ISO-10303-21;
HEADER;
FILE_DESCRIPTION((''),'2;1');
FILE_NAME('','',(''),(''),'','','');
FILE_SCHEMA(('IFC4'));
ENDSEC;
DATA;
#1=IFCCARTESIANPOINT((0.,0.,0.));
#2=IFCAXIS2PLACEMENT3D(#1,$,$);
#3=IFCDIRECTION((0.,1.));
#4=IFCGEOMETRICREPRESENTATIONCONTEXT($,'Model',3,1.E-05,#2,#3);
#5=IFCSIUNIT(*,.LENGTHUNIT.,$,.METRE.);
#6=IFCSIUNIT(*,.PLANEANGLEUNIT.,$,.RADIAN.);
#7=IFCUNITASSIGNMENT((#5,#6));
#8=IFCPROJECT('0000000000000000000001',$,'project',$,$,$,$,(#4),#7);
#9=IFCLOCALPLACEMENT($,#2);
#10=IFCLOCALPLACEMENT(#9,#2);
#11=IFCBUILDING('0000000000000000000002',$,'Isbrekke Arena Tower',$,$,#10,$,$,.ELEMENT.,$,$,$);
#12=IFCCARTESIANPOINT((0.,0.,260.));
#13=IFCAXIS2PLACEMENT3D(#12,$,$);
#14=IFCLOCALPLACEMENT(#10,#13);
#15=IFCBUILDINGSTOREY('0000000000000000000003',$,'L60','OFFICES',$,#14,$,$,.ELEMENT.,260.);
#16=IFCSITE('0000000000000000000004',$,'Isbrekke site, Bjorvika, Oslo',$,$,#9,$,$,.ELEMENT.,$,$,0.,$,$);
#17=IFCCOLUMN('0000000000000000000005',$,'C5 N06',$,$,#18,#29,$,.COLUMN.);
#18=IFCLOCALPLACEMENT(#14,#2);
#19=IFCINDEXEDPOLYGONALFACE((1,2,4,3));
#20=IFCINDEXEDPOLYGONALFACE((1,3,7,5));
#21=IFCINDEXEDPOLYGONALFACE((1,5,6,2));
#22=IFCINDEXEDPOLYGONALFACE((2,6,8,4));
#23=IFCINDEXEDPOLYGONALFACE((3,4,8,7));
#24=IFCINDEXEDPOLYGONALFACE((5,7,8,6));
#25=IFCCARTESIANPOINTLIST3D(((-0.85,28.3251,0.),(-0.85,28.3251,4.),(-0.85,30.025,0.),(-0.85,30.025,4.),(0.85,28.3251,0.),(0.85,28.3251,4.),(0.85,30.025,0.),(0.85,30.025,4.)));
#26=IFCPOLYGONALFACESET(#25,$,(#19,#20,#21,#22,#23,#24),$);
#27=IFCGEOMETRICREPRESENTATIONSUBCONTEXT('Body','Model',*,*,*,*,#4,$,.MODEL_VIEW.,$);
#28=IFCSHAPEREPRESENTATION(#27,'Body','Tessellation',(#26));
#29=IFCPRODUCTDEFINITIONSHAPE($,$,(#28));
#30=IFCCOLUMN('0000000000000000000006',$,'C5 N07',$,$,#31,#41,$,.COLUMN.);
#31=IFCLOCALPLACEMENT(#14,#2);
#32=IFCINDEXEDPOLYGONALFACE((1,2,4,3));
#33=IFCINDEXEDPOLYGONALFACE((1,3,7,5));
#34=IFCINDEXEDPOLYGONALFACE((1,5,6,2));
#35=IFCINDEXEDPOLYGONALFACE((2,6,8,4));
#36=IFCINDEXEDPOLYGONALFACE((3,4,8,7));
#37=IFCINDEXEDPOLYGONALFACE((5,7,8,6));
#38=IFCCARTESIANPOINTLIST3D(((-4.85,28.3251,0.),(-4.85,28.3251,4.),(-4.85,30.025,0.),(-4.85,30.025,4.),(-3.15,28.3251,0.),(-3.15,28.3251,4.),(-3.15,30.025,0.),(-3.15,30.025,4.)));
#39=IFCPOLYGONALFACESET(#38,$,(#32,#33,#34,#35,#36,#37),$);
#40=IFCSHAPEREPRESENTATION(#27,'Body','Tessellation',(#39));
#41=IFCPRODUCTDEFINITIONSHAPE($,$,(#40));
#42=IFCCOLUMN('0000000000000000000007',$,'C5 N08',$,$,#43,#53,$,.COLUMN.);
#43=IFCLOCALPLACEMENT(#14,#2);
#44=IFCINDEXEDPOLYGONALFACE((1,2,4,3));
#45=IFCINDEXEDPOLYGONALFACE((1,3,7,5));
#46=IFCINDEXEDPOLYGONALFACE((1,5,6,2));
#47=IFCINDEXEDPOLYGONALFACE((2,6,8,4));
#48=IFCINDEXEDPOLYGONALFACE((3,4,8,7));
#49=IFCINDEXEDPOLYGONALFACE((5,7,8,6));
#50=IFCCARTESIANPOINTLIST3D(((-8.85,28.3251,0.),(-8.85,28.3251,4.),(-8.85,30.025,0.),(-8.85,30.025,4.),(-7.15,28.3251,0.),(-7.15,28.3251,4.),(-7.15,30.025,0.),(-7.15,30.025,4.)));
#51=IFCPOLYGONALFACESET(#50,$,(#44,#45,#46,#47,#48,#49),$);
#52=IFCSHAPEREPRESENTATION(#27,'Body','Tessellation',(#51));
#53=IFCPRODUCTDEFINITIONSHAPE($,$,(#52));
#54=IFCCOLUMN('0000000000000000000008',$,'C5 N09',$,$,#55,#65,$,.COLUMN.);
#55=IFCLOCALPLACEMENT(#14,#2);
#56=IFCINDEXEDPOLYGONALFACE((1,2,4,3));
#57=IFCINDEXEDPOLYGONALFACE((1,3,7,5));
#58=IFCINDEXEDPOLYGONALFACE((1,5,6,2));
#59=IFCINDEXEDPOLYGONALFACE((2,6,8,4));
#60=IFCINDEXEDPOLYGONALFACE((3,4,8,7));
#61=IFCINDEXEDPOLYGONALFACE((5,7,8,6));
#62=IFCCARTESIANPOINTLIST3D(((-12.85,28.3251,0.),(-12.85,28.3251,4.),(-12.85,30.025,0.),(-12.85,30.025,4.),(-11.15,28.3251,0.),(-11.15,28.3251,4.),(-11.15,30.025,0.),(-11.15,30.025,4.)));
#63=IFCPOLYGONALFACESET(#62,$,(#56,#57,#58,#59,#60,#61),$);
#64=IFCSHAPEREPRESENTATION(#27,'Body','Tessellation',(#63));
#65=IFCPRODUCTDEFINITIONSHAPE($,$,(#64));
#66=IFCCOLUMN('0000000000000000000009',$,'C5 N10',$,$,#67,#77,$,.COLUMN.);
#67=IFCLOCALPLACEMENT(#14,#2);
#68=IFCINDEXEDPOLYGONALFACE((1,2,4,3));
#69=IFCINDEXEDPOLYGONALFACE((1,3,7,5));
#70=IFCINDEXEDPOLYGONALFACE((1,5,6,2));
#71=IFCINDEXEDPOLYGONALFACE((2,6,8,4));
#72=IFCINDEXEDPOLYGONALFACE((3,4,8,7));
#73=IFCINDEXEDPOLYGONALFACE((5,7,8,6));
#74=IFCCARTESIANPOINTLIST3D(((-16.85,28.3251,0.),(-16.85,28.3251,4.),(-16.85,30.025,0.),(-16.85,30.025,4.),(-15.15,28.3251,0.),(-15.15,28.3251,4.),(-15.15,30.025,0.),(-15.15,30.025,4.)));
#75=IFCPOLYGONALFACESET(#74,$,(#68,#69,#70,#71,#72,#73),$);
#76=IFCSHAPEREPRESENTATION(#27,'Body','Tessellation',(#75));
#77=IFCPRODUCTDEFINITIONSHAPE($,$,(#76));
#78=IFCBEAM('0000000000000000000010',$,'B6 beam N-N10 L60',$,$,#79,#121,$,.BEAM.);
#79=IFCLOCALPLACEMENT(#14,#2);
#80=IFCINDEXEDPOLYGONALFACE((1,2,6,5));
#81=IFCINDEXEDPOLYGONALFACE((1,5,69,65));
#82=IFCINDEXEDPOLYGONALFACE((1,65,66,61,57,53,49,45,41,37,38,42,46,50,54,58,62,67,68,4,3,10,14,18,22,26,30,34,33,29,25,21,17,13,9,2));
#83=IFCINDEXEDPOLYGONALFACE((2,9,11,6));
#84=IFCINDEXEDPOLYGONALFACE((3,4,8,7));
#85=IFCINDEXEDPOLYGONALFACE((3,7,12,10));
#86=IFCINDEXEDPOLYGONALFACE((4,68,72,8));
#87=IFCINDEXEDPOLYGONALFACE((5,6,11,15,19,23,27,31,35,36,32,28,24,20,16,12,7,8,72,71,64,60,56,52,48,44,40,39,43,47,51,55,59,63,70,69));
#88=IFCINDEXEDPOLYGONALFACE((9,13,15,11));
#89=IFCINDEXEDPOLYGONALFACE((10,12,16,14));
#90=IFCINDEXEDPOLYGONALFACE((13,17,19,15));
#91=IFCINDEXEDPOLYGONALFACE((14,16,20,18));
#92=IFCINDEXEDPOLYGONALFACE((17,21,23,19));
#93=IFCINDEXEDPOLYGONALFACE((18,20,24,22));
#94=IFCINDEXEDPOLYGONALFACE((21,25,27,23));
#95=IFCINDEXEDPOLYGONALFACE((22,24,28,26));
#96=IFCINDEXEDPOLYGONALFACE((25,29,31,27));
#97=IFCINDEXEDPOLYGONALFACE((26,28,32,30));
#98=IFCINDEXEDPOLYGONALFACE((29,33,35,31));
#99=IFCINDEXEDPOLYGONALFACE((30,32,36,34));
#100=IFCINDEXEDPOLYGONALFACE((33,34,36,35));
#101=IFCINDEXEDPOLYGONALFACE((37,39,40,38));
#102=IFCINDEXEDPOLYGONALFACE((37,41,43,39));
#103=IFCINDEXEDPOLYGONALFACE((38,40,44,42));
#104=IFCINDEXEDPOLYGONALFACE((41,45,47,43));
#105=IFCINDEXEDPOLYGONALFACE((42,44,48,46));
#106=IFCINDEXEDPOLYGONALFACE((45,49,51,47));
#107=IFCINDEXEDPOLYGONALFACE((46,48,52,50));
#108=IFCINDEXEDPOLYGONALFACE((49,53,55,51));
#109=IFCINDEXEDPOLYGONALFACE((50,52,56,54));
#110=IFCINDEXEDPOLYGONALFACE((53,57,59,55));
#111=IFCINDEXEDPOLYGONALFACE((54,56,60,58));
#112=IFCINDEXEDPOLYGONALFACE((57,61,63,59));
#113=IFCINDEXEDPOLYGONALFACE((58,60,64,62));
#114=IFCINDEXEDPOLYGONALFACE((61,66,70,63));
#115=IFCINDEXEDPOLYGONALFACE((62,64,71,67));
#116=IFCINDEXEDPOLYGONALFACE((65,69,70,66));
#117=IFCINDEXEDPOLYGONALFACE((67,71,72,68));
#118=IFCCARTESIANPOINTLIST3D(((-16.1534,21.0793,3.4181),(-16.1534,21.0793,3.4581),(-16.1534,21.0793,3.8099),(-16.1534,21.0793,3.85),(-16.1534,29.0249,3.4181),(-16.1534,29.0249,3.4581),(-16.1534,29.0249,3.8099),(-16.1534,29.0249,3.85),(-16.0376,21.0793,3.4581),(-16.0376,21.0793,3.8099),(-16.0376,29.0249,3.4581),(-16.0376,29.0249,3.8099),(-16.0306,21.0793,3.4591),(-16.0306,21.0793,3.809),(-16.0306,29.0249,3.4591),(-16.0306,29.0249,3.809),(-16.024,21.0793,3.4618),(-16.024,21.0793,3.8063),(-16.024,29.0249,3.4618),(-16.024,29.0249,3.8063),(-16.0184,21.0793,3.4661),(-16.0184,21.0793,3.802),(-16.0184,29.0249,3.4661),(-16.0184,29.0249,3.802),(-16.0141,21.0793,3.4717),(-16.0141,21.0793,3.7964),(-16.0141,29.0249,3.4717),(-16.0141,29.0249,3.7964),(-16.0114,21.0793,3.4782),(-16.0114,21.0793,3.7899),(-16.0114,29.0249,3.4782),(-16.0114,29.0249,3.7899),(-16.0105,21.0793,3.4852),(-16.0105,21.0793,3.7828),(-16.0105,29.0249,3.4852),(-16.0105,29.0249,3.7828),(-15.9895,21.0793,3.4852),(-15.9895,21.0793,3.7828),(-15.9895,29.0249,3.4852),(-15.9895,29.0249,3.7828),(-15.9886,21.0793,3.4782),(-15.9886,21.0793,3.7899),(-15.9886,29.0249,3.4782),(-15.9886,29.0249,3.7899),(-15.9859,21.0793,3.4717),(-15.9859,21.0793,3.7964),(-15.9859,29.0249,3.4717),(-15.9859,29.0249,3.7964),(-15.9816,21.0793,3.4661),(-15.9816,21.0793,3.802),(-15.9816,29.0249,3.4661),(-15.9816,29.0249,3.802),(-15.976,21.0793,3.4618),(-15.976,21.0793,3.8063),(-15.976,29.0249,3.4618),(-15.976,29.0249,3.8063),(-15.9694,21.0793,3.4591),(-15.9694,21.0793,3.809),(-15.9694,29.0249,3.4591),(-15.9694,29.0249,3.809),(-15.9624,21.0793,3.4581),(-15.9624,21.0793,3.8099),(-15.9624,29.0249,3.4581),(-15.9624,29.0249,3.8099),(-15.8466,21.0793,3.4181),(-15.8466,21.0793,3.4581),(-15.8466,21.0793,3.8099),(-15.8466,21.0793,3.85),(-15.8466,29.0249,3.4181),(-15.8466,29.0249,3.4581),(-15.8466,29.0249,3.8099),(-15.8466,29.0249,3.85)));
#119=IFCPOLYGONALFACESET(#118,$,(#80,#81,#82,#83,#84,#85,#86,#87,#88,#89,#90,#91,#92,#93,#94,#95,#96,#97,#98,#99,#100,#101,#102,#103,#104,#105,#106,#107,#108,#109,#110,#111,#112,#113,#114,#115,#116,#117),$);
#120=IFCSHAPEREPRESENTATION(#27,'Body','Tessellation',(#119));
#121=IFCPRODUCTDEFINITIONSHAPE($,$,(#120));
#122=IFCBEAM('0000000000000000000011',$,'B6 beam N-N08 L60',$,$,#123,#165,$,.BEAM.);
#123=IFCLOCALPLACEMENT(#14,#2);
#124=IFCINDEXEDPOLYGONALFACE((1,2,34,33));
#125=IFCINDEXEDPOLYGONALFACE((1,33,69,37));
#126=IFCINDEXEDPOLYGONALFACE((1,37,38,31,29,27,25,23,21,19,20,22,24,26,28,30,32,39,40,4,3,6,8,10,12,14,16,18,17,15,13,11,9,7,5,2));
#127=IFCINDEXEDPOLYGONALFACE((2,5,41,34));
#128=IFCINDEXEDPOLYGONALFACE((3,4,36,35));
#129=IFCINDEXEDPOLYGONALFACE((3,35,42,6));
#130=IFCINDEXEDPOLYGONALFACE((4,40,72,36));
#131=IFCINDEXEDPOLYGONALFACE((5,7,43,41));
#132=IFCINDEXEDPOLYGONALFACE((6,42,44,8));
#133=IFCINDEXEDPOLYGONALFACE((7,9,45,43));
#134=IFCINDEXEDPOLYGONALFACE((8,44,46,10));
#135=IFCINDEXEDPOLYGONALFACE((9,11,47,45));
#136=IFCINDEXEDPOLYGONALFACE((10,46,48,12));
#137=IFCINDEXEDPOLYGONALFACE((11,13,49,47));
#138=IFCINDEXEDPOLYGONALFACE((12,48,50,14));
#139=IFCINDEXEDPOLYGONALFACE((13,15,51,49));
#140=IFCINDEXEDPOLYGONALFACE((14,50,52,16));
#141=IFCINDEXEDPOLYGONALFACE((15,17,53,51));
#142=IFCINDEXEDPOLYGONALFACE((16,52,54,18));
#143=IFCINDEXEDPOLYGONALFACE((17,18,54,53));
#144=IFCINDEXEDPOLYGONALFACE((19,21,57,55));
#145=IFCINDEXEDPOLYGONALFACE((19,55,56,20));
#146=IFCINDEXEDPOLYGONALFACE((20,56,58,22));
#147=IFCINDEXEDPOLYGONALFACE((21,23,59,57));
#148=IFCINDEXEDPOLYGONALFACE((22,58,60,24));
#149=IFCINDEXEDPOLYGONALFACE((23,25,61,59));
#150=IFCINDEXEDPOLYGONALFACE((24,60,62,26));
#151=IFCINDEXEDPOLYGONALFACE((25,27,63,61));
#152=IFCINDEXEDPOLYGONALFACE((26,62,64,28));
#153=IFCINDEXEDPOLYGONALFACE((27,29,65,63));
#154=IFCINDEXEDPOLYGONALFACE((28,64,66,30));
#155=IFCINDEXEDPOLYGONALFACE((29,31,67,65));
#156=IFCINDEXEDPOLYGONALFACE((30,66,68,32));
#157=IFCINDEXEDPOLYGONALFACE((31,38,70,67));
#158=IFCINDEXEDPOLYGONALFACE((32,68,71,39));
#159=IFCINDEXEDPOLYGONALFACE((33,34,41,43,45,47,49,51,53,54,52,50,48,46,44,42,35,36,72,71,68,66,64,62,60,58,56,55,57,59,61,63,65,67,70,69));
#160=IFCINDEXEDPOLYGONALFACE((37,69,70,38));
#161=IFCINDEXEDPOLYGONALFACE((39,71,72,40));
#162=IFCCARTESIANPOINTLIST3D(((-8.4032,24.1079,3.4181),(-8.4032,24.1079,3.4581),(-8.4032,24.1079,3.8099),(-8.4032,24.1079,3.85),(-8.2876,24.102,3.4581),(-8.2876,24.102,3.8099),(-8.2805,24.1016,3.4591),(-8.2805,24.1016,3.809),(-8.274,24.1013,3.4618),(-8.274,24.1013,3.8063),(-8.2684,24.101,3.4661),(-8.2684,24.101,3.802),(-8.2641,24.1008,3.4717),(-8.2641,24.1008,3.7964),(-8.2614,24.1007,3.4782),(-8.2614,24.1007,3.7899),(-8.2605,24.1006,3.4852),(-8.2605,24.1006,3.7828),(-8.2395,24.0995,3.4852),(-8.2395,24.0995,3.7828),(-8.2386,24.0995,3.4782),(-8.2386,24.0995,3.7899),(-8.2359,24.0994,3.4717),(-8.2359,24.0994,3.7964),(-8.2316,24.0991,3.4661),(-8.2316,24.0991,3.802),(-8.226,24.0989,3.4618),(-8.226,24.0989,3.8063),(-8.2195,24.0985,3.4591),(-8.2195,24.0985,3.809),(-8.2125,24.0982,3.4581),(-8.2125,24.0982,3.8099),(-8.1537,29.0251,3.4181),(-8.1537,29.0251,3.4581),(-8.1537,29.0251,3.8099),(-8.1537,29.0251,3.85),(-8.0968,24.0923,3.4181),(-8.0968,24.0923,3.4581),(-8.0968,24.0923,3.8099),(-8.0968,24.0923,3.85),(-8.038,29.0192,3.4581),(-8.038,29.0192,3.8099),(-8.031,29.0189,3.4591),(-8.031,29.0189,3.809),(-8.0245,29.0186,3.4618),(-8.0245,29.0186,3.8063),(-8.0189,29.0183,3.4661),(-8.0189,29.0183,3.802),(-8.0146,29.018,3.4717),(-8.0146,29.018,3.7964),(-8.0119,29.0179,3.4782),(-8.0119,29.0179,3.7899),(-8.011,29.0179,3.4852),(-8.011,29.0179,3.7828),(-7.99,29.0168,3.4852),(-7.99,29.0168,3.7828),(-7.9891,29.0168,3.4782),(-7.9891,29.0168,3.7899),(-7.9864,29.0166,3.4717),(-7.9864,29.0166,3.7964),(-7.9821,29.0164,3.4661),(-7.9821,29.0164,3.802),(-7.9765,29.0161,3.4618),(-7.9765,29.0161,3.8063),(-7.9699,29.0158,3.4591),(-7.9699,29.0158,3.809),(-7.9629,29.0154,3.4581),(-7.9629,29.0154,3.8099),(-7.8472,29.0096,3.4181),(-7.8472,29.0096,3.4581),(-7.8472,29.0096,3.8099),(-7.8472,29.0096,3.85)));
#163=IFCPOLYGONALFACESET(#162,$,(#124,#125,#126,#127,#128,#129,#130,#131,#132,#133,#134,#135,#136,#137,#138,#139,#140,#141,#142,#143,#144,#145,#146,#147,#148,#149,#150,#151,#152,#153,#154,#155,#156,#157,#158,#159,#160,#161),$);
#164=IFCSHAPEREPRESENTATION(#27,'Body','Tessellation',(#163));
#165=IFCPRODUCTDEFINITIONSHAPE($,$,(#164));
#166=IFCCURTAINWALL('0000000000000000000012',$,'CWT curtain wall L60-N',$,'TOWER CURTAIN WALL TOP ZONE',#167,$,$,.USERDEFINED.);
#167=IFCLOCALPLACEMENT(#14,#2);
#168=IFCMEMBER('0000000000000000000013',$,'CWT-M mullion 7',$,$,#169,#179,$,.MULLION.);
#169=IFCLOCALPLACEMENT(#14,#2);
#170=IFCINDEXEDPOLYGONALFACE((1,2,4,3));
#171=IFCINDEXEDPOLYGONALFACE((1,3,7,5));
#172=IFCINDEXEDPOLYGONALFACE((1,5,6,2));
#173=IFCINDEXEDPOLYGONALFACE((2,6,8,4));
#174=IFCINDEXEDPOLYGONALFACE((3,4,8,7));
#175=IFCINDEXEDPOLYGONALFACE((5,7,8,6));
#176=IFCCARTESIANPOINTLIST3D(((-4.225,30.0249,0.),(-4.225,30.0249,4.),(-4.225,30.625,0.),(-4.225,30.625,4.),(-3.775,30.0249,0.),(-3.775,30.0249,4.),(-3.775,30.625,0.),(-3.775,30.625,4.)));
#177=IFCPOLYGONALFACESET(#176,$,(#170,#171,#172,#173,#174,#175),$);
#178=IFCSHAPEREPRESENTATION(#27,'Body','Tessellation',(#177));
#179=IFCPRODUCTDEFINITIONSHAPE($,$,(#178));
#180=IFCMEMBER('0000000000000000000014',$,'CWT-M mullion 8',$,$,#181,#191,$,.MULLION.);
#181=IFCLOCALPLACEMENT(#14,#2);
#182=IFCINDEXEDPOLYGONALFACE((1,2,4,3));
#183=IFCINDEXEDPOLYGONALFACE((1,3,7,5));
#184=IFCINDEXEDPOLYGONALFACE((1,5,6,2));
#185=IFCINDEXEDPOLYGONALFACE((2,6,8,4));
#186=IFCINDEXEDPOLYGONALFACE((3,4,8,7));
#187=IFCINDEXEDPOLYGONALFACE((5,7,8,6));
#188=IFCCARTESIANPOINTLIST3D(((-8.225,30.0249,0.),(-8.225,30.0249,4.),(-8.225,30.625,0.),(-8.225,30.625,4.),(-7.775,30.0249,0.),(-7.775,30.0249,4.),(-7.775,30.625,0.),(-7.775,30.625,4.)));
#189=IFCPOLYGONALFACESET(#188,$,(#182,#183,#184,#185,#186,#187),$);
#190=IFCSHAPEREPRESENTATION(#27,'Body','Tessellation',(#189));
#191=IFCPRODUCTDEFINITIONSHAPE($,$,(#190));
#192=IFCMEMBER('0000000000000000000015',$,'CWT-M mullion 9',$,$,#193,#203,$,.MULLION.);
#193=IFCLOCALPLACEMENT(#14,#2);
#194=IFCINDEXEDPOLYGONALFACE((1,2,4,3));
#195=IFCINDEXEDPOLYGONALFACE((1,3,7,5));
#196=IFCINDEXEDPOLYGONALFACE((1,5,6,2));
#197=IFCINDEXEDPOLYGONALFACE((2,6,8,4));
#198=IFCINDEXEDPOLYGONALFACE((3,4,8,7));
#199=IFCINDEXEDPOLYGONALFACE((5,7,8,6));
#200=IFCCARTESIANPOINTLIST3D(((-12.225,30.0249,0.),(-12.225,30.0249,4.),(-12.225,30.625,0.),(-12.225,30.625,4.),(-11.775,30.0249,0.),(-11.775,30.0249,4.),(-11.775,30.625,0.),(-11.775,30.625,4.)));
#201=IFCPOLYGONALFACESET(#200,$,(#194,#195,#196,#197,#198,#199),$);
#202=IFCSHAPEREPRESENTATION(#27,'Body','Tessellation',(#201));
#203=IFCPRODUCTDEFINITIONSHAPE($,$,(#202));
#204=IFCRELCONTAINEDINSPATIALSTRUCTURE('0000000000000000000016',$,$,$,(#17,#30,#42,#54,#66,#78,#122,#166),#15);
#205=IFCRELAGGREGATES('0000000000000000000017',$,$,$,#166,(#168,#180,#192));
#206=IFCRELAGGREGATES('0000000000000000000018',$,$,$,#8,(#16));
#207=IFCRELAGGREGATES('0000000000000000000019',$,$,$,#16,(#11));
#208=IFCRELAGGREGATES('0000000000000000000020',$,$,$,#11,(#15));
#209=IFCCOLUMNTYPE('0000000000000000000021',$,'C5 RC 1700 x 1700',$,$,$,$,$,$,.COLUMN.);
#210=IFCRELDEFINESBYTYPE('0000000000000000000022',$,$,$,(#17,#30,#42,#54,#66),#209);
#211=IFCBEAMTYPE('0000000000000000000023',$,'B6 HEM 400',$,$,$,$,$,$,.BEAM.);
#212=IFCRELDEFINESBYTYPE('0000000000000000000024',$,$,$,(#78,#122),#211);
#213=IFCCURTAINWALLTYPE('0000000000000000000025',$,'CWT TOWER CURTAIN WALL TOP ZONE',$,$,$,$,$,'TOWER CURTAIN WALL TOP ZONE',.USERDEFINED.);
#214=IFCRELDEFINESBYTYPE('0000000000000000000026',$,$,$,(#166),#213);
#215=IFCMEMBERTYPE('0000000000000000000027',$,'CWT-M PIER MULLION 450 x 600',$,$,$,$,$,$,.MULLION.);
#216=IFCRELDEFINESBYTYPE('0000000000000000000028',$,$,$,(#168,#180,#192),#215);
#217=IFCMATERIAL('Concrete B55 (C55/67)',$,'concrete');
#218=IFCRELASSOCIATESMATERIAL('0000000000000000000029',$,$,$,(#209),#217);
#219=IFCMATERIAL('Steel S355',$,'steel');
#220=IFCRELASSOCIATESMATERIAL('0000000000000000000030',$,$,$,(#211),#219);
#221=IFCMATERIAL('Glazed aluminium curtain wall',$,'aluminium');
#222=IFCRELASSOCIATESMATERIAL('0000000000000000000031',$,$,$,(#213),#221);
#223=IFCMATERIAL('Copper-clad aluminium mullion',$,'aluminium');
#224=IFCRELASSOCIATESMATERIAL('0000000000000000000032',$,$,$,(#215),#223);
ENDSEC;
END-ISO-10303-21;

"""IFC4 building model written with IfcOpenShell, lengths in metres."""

from ifc_helpers import new_model, si_unit, direction, frame, origin, origin_2d, place, context, subcontext, project, spatial, rectangle, i_section, extrude, material, material_profile, profile_set, type_object, element, aggregate, save


model = new_model("IFC4")

# Units and contexts
model_context = context("Model", 3, precision=1e-05, world=origin(), true_north=direction((0.0, 1.0)))
body_context = subcontext(model_context, "Body", "Model", "MODEL_VIEW")
ifc_project = project(units=[si_unit("LENGTHUNIT", "METRE"), si_unit("PLANEANGLEUNIT", "RADIAN")], contexts=[model_context])

# Site, building, storey
site_placement = place(None, origin())
site = spatial("IfcSite", under=ifc_project, at=site_placement, Name="Isbrekke site, Bjorvika, Oslo", CompositionType="ELEMENT", RefElevation=0.0)
building_placement = place(site_placement, origin())
building = spatial("IfcBuilding", under=site, at=building_placement, Name="Isbrekke Arena Tower", CompositionType="ELEMENT")
storey_placement = place(building_placement, frame((0.0, 0.0, 260.0)))
storey = spatial("IfcBuildingStorey", under=building, at=storey_placement, Name="L60", Description="OFFICES", CompositionType="ELEMENT", Elevation=260.0)

# Columns
ifc_material_1 = material(Name="Concrete B55 (C55/67)", Category="concrete")
ifc_material_profile_1 = material_profile(ifc_material_1, rectangle(XDim=1.7, YDim=1.7, at=origin_2d()), Name="RC 1700x1700")
ifc_profile_set_1 = profile_set([ifc_material_profile_1], Name="Concrete B55 (C55/67)")
column_type = type_object("IfcColumnType", Name="C5 RC 1700 x 1700", PredefinedType="COLUMN", material=ifc_profile_set_1)
for number, where, z_axis, x_axis, name in (
    (1, (0.0, 29.175, 0.0), (0.0, 0.0, 1.0), (-1.0, 0.0, 0.0), "C5 N06"),
    (2, (-4.0, 29.175, 0.0), (0.0, 0.0, 1.0), (-1.0, 0.0, 0.0), "C5 N07"),
    (3, (-8.0, 29.175, 0.0), (0.0, 0.0, 1.0), (-1.0, 0.0, 0.0), "C5 N08"),
    (4, (-12.0, 29.175, 0.0), (0.0, 0.0, 1.0), (-1.0, 0.0, 0.0), "C5 N09"),
    (5, (-16.0, 29.175, 0.0), (0.0, 0.0, 1.0), (-1.0, 0.0, 0.0), "C5 N10"),
):
    element("IfcColumn", number, at=place(storey_placement, frame(where, z_axis=z_axis, x_axis=x_axis)), inside=storey, type_object=column_type, Name=name, PredefinedType="COLUMN", context=body_context, shape_type="SweptSolid", body=[
        extrude(rectangle(XDim=1.7, YDim=1.7, at=origin_2d()), origin(), (0.0, 0.0, 1.0), 4.0),
    ])

# Beams
ifc_material_2 = material(Name="Steel S355", Category="steel")
ifc_material_profile_2 = material_profile(ifc_material_2, i_section(OverallWidth=0.3069, OverallDepth=0.4319, WebThickness=0.021, FlangeThickness=0.04, FilletRadius=0.0271, at=origin_2d()), Name="HEM 400")
ifc_profile_set_2 = profile_set([ifc_material_profile_2], Name="Steel S355")
beam_type_1 = type_object("IfcBeamType", Name="B6 HEM 400", PredefinedType="BEAM", material=ifc_profile_set_2)
beam_1_placement = place(storey_placement, frame((-16.0, 29.0249, 3.634), z_axis=(0.0, -1.0, 0.0), x_axis=(1.0, 0.0, 0.0)))
element("IfcBeam", 6, at=beam_1_placement, inside=storey, type_object=beam_type_1, Name="B6 beam N-N10 L60", PredefinedType="BEAM", context=body_context, shape_type="SweptSolid", body=[
    extrude(i_section(OverallWidth=0.3069, OverallDepth=0.4319, WebThickness=0.021, FlangeThickness=0.04, FilletRadius=0.0271, at=origin_2d()), origin(), (0.0, 0.0, 1.0), 7.9456),
])
beam_2_placement = place(storey_placement, frame((-8.0005, 29.0173, 3.634), z_axis=(-0.050677, -0.998715, 0.0), x_axis=(0.998715, -0.050677, 0.0)))
element("IfcBeam", 7, at=beam_2_placement, inside=storey, type_object=beam_type_1, Name="B6 beam N-N08 L60", PredefinedType="BEAM", context=body_context, shape_type="SweptSolid", body=[
    extrude(i_section(OverallWidth=0.3069, OverallDepth=0.4319, WebThickness=0.021, FlangeThickness=0.04, FilletRadius=0.0271, at=origin_2d()), origin(), (0.0, 0.0, 1.0), 4.9236),
])

# Curtain wall, members
ifc_material_3 = material(Name="Glazed aluminium curtain wall", Category="aluminium")
curtain_wall_type = type_object("IfcCurtainWallType", Name="CWT TOWER CURTAIN WALL TOP ZONE", ElementType="TOWER CURTAIN WALL TOP ZONE", PredefinedType="USERDEFINED", material=ifc_material_3)
curtain_wall_placement = place(storey_placement, origin())
curtain_wall = element("IfcCurtainWall", 8, at=curtain_wall_placement, inside=storey, type_object=curtain_wall_type, Name="CWT curtain wall L60-N", ObjectType="TOWER CURTAIN WALL TOP ZONE", PredefinedType="USERDEFINED")
ifc_material_4 = material(Name="Copper-clad aluminium mullion", Category="aluminium")
ifc_material_profile_3 = material_profile(ifc_material_4, rectangle(XDim=0.45, YDim=0.6001, at=origin_2d()), Name="PIER 450X600")
ifc_profile_set_3 = profile_set([ifc_material_profile_3], Name="Copper-clad aluminium mullion")
member_type_1 = type_object("IfcMemberType", Name="CWT-M PIER MULLION 450 x 600", PredefinedType="MULLION", material=ifc_profile_set_3)
member_1_placement = place(storey_placement, frame((-4.0, 30.325, 0.0), z_axis=(0.0, 0.0, 1.0), x_axis=(-1.0, 0.0, 0.0)))
member_1 = element("IfcMember", 9, at=member_1_placement, type_object=member_type_1, Name="CWT-M mullion 7", PredefinedType="MULLION", context=body_context, shape_type="SweptSolid", body=[
    extrude(rectangle(XDim=0.45, YDim=0.6001, at=origin_2d()), origin(), (0.0, 0.0, 1.0), 4.0),
])
member_2_placement = place(storey_placement, frame((-8.0, 30.325, 0.0), z_axis=(0.0, 0.0, 1.0), x_axis=(-1.0, 0.0, 0.0)))
member_2 = element("IfcMember", 10, at=member_2_placement, type_object=member_type_1, Name="CWT-M mullion 8", PredefinedType="MULLION", context=body_context, shape_type="SweptSolid", body=[
    extrude(rectangle(XDim=0.45, YDim=0.6001, at=origin_2d()), origin(), (0.0, 0.0, 1.0), 4.0),
])
member_3_placement = place(storey_placement, frame((-12.0, 30.325, 0.0), z_axis=(0.0, 0.0, 1.0), x_axis=(-1.0, 0.0, 0.0)))
member_3 = element("IfcMember", 11, at=member_3_placement, type_object=member_type_1, Name="CWT-M mullion 9", PredefinedType="MULLION", context=body_context, shape_type="SweptSolid", body=[
    extrude(rectangle(XDim=0.45, YDim=0.6001, at=origin_2d()), origin(), (0.0, 0.0, 1.0), 4.0),
])

aggregate(curtain_wall, [member_1, member_2, member_3])

save(model, "model.ifc")
